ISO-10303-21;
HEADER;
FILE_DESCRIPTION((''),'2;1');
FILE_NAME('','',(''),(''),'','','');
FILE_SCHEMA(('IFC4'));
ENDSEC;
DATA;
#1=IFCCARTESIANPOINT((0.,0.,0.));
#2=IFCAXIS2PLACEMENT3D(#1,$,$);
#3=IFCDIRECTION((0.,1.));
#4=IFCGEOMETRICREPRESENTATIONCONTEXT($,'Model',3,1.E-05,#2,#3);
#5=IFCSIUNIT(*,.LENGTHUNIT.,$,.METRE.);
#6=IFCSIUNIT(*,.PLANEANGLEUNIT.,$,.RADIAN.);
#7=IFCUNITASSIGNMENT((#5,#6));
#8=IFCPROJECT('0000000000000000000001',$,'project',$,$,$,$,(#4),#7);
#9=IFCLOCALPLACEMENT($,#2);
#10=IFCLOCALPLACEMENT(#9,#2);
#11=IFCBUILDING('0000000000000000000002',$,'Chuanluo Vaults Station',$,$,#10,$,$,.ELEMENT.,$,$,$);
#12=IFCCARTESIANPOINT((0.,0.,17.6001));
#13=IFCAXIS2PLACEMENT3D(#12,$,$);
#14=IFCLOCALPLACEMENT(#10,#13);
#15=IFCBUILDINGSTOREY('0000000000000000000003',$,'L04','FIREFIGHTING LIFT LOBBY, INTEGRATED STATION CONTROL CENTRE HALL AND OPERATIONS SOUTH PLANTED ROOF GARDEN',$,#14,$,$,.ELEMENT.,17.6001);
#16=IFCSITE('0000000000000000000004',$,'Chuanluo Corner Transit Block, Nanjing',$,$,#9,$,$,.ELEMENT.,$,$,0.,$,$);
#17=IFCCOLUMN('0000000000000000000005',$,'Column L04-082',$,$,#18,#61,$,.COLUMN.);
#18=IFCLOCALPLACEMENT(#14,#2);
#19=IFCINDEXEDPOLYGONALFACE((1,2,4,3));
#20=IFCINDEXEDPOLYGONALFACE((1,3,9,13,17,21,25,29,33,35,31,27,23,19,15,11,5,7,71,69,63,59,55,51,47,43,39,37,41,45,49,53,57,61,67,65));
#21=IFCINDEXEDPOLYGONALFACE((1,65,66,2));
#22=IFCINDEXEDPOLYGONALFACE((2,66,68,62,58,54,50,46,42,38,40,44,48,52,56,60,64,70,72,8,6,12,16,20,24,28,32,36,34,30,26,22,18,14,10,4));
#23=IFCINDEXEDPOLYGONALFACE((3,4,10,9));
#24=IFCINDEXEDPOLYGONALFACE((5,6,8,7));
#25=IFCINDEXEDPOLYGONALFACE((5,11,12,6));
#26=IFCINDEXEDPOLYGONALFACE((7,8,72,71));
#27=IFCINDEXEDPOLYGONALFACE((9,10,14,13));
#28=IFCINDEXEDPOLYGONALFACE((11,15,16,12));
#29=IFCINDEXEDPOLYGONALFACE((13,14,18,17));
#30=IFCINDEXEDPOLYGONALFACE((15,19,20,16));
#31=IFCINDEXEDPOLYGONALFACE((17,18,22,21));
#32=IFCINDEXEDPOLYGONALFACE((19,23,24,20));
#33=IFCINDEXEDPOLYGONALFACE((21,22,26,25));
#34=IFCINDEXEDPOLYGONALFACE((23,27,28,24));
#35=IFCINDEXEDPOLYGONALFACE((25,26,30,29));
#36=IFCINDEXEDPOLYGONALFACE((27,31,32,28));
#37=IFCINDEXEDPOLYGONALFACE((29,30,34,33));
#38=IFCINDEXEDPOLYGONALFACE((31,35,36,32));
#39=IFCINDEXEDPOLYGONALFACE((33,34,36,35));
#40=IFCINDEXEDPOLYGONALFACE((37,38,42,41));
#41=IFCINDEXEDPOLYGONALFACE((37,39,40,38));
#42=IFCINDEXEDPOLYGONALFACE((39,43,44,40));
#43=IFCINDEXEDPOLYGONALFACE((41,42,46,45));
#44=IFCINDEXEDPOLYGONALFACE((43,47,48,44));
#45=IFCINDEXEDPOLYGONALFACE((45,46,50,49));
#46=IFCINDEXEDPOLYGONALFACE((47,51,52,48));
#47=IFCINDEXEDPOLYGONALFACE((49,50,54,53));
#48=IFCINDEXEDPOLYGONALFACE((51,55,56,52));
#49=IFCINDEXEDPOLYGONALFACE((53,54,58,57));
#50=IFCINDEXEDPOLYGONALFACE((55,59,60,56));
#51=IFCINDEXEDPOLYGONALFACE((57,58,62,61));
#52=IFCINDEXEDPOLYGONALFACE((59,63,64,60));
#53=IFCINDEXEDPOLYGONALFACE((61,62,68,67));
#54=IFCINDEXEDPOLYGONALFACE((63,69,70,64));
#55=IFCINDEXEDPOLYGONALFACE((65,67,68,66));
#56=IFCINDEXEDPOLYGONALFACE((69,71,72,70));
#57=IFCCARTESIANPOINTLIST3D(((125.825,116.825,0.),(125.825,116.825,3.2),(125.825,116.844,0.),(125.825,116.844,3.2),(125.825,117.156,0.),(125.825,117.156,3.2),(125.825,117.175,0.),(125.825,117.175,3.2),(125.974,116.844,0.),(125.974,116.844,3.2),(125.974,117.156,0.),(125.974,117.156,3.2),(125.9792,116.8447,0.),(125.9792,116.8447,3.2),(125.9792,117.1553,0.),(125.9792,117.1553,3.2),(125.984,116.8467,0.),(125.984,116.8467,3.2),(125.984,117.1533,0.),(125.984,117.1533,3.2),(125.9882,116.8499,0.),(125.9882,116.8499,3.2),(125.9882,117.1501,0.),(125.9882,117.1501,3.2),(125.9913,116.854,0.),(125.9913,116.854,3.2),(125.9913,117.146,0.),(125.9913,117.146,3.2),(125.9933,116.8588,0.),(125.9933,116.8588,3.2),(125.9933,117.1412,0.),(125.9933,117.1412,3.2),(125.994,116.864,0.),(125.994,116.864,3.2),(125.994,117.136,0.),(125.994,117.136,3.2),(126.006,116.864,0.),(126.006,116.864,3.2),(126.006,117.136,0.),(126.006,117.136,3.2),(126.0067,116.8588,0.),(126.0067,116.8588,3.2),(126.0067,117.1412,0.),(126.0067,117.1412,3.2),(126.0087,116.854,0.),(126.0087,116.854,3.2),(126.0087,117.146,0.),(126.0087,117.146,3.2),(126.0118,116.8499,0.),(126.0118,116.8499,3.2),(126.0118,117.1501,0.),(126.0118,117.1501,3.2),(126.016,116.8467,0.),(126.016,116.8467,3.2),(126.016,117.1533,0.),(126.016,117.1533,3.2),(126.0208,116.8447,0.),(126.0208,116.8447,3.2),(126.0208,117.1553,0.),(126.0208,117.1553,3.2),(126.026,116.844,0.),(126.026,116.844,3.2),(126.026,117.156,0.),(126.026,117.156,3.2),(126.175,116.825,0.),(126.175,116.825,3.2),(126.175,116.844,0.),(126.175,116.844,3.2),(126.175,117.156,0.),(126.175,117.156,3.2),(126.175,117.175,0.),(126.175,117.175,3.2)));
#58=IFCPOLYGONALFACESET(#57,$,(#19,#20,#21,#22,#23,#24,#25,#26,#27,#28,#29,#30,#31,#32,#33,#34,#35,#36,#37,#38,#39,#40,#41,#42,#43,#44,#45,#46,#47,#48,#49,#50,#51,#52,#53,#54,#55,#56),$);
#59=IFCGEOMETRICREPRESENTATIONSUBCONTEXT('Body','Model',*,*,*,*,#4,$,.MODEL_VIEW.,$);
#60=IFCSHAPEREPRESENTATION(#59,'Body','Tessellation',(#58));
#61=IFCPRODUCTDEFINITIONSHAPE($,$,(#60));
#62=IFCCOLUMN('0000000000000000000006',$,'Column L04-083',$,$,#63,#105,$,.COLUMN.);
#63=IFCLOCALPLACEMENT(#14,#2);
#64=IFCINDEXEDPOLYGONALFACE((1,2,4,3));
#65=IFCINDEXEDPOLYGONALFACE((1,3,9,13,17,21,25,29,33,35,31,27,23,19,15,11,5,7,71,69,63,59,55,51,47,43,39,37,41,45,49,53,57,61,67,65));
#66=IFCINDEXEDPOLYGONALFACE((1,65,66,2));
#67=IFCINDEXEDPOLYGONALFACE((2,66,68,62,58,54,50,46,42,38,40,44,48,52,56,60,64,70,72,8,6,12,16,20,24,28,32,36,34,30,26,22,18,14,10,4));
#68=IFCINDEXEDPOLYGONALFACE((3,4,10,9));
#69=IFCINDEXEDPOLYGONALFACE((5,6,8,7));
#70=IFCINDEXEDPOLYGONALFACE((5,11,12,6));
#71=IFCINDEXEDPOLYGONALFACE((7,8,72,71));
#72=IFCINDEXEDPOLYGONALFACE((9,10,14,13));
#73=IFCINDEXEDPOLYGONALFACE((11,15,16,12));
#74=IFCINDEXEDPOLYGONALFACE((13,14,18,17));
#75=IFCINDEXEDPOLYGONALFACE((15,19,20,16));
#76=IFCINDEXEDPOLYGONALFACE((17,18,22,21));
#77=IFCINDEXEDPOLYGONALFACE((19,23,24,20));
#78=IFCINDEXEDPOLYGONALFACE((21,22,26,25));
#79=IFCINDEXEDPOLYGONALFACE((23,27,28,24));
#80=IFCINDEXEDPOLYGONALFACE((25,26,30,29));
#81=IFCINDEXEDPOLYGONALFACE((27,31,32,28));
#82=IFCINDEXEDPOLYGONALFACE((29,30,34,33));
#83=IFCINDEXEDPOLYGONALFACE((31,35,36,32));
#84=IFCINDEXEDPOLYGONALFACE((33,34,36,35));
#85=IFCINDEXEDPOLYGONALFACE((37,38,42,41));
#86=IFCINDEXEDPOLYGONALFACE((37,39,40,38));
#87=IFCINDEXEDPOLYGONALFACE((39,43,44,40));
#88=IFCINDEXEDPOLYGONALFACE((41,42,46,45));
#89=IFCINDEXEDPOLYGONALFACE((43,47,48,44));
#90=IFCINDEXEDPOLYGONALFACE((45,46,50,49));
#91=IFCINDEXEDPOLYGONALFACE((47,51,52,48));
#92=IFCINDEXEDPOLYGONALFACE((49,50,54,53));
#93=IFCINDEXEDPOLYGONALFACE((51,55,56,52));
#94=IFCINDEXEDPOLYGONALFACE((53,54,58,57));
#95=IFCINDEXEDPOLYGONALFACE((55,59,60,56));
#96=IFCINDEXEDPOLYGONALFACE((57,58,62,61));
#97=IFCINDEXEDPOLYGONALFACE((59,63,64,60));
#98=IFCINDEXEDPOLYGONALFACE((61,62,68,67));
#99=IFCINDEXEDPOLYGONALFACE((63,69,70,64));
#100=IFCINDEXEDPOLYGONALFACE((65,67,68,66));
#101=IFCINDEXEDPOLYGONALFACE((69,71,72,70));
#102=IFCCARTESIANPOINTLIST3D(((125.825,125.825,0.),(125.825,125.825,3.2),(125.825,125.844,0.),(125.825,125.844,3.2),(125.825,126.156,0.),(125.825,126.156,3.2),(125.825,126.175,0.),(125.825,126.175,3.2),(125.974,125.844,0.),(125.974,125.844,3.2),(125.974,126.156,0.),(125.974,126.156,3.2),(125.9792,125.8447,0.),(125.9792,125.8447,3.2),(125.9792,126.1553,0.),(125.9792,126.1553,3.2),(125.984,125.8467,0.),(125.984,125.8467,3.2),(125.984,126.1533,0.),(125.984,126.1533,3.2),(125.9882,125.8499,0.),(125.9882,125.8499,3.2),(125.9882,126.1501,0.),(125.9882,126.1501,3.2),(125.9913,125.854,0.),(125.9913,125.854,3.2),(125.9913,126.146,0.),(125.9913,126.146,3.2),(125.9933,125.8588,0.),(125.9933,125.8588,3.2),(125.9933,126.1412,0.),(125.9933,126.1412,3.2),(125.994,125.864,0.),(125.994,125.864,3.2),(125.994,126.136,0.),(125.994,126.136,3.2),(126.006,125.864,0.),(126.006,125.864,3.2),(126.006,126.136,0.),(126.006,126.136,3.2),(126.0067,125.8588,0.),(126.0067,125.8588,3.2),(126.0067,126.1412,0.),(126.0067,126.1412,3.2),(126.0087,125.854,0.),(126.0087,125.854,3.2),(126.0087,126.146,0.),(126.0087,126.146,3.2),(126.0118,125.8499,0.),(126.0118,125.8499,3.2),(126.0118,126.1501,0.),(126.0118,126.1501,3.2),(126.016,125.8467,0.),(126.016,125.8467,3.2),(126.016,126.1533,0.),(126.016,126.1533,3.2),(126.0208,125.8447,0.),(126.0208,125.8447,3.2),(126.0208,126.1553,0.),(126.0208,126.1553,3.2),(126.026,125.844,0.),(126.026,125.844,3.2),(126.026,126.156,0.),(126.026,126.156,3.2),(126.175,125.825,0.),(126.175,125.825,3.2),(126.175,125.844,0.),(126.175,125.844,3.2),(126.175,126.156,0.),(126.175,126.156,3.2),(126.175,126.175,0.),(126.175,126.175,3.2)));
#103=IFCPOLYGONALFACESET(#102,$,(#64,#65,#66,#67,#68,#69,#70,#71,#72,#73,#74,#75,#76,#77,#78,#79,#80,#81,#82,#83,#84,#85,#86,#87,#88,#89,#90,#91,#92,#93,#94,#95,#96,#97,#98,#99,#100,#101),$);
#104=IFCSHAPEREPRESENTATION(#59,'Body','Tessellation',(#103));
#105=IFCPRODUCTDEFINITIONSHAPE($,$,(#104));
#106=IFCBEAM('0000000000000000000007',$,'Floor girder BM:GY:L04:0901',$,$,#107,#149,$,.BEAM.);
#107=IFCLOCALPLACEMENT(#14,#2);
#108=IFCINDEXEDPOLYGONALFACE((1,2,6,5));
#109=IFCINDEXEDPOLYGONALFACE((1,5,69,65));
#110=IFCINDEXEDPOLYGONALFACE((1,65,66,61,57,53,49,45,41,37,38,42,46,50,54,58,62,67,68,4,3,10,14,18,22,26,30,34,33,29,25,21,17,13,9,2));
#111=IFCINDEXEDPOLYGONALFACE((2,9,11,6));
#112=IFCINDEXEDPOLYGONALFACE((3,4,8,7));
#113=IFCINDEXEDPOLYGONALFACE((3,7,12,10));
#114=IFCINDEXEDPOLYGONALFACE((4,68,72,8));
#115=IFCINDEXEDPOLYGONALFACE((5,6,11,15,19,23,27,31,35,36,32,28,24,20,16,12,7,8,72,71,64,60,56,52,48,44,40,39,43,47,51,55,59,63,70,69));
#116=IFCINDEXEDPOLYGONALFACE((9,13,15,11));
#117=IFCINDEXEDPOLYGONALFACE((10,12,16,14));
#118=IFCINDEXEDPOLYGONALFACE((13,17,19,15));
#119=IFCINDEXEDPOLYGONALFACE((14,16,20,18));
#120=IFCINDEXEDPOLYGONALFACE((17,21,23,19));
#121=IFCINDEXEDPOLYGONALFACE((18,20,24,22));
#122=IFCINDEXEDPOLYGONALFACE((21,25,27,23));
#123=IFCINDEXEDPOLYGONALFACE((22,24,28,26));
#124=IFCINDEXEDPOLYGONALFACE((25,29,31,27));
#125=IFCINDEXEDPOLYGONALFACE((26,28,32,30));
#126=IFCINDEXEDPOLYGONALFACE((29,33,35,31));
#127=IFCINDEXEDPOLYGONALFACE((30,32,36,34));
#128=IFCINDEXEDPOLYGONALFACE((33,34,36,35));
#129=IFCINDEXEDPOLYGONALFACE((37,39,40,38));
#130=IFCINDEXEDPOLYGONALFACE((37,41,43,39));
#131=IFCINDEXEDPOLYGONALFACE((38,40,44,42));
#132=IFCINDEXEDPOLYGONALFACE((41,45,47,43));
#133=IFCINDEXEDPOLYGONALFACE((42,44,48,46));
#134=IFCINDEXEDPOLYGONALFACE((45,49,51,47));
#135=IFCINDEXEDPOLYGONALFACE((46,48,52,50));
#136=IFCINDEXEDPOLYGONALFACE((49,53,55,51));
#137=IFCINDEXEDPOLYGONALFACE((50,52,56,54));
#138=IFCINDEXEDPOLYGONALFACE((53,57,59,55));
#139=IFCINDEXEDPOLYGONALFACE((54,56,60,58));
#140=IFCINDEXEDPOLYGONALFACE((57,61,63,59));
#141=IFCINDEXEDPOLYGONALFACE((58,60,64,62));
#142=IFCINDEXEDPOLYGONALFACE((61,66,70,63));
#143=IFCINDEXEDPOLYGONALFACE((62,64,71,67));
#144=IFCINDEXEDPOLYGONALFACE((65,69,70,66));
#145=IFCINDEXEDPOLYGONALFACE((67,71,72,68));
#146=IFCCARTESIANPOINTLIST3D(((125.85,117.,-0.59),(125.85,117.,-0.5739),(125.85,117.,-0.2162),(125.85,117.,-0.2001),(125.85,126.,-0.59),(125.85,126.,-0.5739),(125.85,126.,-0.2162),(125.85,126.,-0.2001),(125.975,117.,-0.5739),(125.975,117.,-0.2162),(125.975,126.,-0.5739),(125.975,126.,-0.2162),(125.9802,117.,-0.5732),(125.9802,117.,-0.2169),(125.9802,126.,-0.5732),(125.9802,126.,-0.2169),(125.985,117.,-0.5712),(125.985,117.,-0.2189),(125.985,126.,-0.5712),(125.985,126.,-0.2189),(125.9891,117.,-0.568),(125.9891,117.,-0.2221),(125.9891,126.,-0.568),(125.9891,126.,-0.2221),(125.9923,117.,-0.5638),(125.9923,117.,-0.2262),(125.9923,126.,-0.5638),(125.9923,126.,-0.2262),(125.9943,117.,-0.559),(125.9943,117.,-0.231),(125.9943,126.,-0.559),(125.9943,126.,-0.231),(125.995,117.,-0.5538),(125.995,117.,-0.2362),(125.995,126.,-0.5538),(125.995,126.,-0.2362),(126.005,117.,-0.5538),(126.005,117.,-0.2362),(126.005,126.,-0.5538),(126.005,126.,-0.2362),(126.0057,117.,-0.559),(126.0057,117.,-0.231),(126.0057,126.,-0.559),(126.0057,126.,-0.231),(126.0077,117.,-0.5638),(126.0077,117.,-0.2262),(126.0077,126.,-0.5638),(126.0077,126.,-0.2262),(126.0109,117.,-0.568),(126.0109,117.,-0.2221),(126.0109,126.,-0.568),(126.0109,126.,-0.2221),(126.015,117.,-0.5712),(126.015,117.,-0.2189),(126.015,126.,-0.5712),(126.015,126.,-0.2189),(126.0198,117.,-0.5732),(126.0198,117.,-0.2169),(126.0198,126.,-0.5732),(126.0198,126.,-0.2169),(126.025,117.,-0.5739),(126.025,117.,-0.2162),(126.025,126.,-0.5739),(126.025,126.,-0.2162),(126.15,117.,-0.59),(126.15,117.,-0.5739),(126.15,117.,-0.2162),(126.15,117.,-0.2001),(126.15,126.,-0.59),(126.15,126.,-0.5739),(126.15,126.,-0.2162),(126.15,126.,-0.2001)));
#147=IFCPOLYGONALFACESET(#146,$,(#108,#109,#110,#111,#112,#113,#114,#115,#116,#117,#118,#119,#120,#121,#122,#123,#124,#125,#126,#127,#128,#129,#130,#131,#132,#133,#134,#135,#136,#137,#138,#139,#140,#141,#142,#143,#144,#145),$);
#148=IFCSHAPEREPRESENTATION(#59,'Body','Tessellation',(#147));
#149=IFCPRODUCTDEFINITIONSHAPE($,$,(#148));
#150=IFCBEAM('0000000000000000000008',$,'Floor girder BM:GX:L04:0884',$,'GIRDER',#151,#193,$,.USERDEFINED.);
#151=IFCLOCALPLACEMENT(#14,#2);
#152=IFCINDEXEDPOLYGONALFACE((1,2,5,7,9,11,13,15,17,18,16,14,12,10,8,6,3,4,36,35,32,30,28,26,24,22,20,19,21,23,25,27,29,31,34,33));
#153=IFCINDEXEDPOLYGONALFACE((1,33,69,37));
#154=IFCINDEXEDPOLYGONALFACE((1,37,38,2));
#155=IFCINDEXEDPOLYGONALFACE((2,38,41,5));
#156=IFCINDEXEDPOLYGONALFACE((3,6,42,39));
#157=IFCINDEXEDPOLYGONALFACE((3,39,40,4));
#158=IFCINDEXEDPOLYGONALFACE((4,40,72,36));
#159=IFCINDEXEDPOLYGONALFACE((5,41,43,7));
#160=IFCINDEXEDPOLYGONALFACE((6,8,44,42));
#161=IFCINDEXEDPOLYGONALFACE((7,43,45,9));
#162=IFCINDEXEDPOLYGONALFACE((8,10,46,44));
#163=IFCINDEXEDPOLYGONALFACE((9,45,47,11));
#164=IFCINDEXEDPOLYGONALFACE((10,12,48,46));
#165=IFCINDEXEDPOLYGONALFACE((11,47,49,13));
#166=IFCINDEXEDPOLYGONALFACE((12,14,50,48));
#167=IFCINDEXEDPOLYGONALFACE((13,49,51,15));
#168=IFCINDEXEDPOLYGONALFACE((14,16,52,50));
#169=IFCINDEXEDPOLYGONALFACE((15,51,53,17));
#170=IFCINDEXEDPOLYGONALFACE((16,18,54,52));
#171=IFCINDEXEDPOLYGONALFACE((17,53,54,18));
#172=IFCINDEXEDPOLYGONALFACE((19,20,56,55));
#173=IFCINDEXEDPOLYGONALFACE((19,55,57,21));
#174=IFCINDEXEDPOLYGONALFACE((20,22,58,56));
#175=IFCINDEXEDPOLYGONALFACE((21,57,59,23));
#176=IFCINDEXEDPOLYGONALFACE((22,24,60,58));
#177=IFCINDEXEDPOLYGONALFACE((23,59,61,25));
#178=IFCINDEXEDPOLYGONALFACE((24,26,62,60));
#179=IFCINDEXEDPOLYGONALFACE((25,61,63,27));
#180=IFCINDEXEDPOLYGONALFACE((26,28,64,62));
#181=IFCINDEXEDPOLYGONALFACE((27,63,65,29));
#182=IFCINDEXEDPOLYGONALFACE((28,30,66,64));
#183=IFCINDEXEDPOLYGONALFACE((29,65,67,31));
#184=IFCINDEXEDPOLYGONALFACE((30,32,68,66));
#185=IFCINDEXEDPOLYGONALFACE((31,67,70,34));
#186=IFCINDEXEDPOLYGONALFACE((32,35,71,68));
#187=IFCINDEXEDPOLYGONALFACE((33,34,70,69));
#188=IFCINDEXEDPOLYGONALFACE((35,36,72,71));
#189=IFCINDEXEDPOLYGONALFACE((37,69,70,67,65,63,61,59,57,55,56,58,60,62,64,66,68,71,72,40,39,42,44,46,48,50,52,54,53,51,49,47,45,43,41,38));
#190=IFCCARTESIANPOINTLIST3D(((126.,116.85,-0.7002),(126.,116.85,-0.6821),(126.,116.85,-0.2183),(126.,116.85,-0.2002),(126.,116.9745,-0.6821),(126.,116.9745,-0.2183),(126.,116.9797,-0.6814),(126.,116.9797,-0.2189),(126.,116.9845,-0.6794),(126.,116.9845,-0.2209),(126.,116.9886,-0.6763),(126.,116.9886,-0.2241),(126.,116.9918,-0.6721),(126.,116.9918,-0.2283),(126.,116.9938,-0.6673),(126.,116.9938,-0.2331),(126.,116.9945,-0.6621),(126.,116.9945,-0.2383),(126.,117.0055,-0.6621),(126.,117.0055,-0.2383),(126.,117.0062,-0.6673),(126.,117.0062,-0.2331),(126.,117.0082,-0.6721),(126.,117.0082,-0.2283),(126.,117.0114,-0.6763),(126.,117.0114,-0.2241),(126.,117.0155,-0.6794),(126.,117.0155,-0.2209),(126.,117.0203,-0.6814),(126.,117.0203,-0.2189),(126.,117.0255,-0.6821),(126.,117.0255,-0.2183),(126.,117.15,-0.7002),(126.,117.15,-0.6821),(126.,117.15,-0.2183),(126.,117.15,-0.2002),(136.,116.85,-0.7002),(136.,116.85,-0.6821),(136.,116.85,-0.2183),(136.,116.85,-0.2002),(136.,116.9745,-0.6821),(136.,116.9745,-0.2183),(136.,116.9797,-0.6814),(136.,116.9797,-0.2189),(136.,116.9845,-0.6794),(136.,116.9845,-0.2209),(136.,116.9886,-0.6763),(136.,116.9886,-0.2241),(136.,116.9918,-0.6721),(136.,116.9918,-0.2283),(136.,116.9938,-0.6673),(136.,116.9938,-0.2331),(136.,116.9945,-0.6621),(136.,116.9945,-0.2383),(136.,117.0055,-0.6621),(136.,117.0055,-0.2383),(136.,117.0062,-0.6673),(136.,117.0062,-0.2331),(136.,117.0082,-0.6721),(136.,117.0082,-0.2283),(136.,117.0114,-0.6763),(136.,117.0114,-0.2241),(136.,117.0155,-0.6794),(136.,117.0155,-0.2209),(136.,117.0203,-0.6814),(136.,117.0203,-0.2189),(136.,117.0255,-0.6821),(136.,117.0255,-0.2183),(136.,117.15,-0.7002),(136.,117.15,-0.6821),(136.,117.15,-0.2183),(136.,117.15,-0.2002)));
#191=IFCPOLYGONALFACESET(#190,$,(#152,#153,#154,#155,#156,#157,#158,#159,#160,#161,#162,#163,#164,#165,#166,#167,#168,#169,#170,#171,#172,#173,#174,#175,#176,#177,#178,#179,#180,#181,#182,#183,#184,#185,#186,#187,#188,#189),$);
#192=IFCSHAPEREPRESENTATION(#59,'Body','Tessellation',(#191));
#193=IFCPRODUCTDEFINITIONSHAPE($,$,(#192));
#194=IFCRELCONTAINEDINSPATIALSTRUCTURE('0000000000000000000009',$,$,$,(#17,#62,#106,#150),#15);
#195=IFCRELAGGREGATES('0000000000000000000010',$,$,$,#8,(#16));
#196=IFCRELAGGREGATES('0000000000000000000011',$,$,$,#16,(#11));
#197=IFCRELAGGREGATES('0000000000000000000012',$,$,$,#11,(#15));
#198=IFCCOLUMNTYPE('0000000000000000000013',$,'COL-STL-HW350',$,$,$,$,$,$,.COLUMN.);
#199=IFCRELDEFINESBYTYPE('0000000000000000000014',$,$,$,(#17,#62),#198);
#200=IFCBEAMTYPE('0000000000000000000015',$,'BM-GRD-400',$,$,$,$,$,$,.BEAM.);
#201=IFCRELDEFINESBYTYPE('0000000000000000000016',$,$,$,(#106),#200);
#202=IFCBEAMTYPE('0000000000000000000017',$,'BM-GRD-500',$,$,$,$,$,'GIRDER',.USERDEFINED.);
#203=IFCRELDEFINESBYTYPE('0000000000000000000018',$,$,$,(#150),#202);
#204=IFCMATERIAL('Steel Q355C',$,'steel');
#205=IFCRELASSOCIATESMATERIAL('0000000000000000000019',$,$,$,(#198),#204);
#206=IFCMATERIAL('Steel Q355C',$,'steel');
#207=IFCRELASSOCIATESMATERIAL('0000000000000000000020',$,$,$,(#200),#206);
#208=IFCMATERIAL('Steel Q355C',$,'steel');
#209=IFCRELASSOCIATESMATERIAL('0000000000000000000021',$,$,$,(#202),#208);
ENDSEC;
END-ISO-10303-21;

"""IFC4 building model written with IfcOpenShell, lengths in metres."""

from ifc_helpers import new_model, si_unit, direction, frame, origin, origin_2d, place, context, subcontext, project, spatial, i_section, extrude, material, material_profile, profile_set, type_object, element, save


model = new_model("IFC4")

# Units and contexts
model_context = context("Model", 3, precision=1e-05, world=origin(), true_north=direction((0.0, 1.0)))
body_context = subcontext(model_context, "Body", "Model", "MODEL_VIEW")
ifc_project = project(units=[si_unit("LENGTHUNIT", "METRE"), si_unit("PLANEANGLEUNIT", "RADIAN")], contexts=[model_context])

# Site, building, storey
site_placement = place(None, origin())
site = spatial("IfcSite", under=ifc_project, at=site_placement, Name="Chuanluo Corner Transit Block, Nanjing", CompositionType="ELEMENT", RefElevation=0.0)
building_placement = place(site_placement, origin())
building = spatial("IfcBuilding", under=site, at=building_placement, Name="Chuanluo Vaults Station", CompositionType="ELEMENT")
storey_placement = place(building_placement, frame((0.0, 0.0, 17.6001)))
storey = spatial("IfcBuildingStorey", under=building, at=storey_placement, Name="L04", Description="FIREFIGHTING LIFT LOBBY, INTEGRATED STATION CONTROL CENTRE HALL AND OPERATIONS SOUTH PLANTED ROOF GARDEN", CompositionType="ELEMENT", Elevation=17.6001)

# Columns
ifc_material_1 = material(Name="Steel Q355C", Category="steel")
ifc_material_profile_1 = material_profile(ifc_material_1, i_section(OverallWidth=0.3501, OverallDepth=0.3501, WebThickness=0.012, FlangeThickness=0.019, FilletRadius=0.02, at=origin_2d()))
ifc_profile_set_1 = profile_set([ifc_material_profile_1], Name="Steel Q355C")
column_type = type_object("IfcColumnType", Name="COL-STL-HW350", PredefinedType="COLUMN", material=ifc_profile_set_1)
for number, where, z_axis, x_axis, name in (
    (1, (126.0, 117.0, 0.0), (0.0, 0.0, 1.0), (1.0, 0.0, 0.0), "Column L04-082"),
    (2, (126.0, 126.0, 0.0), (0.0, 0.0, 1.0), (1.0, 0.0, 0.0), "Column L04-083"),
):
    element("IfcColumn", number, at=place(storey_placement, frame(where, z_axis=z_axis, x_axis=x_axis)), inside=storey, type_object=column_type, Name=name, PredefinedType="COLUMN", context=body_context, shape_type="SweptSolid", body=[
        extrude(i_section(OverallWidth=0.3501, OverallDepth=0.3501, WebThickness=0.012, FlangeThickness=0.019, FilletRadius=0.02, at=origin_2d()), origin(), (0.0, 0.0, 1.0), 3.2),
    ])

# Beams
ifc_material_2 = material(Name="Steel Q355C", Category="steel")
ifc_material_profile_2 = material_profile(ifc_material_2, i_section(OverallWidth=0.3, OverallDepth=0.3899, WebThickness=0.01, FlangeThickness=0.0161, FilletRadius=0.02, at=origin_2d()))
ifc_profile_set_2 = profile_set([ifc_material_profile_2], Name="Steel Q355C")
beam_type_1 = type_object("IfcBeamType", Name="BM-GRD-400", PredefinedType="BEAM", material=ifc_profile_set_2)
beam_1_placement = place(storey_placement, frame((126.0, 117.0, -0.395), z_axis=(0.0, 1.0, 0.0), x_axis=(-1.0, 0.0, 0.0)))
element("IfcBeam", 3, at=beam_1_placement, inside=storey, type_object=beam_type_1, Name="Floor girder BM:GY:L04:0901", PredefinedType="BEAM", context=body_context, shape_type="SweptSolid", body=[
    extrude(i_section(OverallWidth=0.3, OverallDepth=0.3899, WebThickness=0.01, FlangeThickness=0.0161, FilletRadius=0.02, at=origin_2d()), origin(), (0.0, 0.0, 1.0), 9.0),
])
ifc_material_3 = material(Name="Steel Q355C", Category="steel")
ifc_material_profile_3 = material_profile(ifc_material_3, i_section(OverallWidth=0.3, OverallDepth=0.5, WebThickness=0.011, FlangeThickness=0.0181, FilletRadius=0.02, at=origin_2d()))
ifc_profile_set_3 = profile_set([ifc_material_profile_3], Name="Steel Q355C")
beam_type_2 = type_object("IfcBeamType", Name="BM-GRD-500", ElementType="GIRDER", PredefinedType="USERDEFINED", material=ifc_profile_set_3)
beam_2_placement = place(storey_placement, frame((126.0, 117.0, -0.4502), z_axis=(1.0, 0.0, 0.0), x_axis=(0.0, 1.0, 0.0)))
element("IfcBeam", 4, at=beam_2_placement, inside=storey, type_object=beam_type_2, Name="Floor girder BM:GX:L04:0884", ObjectType="GIRDER", PredefinedType="USERDEFINED", context=body_context, shape_type="SweptSolid", body=[
    extrude(i_section(OverallWidth=0.3, OverallDepth=0.5, WebThickness=0.011, FlangeThickness=0.0181, FilletRadius=0.02, at=origin_2d()), origin(), (0.0, 0.0, 1.0), 10.0),
])

save(model, "model.ifc")
